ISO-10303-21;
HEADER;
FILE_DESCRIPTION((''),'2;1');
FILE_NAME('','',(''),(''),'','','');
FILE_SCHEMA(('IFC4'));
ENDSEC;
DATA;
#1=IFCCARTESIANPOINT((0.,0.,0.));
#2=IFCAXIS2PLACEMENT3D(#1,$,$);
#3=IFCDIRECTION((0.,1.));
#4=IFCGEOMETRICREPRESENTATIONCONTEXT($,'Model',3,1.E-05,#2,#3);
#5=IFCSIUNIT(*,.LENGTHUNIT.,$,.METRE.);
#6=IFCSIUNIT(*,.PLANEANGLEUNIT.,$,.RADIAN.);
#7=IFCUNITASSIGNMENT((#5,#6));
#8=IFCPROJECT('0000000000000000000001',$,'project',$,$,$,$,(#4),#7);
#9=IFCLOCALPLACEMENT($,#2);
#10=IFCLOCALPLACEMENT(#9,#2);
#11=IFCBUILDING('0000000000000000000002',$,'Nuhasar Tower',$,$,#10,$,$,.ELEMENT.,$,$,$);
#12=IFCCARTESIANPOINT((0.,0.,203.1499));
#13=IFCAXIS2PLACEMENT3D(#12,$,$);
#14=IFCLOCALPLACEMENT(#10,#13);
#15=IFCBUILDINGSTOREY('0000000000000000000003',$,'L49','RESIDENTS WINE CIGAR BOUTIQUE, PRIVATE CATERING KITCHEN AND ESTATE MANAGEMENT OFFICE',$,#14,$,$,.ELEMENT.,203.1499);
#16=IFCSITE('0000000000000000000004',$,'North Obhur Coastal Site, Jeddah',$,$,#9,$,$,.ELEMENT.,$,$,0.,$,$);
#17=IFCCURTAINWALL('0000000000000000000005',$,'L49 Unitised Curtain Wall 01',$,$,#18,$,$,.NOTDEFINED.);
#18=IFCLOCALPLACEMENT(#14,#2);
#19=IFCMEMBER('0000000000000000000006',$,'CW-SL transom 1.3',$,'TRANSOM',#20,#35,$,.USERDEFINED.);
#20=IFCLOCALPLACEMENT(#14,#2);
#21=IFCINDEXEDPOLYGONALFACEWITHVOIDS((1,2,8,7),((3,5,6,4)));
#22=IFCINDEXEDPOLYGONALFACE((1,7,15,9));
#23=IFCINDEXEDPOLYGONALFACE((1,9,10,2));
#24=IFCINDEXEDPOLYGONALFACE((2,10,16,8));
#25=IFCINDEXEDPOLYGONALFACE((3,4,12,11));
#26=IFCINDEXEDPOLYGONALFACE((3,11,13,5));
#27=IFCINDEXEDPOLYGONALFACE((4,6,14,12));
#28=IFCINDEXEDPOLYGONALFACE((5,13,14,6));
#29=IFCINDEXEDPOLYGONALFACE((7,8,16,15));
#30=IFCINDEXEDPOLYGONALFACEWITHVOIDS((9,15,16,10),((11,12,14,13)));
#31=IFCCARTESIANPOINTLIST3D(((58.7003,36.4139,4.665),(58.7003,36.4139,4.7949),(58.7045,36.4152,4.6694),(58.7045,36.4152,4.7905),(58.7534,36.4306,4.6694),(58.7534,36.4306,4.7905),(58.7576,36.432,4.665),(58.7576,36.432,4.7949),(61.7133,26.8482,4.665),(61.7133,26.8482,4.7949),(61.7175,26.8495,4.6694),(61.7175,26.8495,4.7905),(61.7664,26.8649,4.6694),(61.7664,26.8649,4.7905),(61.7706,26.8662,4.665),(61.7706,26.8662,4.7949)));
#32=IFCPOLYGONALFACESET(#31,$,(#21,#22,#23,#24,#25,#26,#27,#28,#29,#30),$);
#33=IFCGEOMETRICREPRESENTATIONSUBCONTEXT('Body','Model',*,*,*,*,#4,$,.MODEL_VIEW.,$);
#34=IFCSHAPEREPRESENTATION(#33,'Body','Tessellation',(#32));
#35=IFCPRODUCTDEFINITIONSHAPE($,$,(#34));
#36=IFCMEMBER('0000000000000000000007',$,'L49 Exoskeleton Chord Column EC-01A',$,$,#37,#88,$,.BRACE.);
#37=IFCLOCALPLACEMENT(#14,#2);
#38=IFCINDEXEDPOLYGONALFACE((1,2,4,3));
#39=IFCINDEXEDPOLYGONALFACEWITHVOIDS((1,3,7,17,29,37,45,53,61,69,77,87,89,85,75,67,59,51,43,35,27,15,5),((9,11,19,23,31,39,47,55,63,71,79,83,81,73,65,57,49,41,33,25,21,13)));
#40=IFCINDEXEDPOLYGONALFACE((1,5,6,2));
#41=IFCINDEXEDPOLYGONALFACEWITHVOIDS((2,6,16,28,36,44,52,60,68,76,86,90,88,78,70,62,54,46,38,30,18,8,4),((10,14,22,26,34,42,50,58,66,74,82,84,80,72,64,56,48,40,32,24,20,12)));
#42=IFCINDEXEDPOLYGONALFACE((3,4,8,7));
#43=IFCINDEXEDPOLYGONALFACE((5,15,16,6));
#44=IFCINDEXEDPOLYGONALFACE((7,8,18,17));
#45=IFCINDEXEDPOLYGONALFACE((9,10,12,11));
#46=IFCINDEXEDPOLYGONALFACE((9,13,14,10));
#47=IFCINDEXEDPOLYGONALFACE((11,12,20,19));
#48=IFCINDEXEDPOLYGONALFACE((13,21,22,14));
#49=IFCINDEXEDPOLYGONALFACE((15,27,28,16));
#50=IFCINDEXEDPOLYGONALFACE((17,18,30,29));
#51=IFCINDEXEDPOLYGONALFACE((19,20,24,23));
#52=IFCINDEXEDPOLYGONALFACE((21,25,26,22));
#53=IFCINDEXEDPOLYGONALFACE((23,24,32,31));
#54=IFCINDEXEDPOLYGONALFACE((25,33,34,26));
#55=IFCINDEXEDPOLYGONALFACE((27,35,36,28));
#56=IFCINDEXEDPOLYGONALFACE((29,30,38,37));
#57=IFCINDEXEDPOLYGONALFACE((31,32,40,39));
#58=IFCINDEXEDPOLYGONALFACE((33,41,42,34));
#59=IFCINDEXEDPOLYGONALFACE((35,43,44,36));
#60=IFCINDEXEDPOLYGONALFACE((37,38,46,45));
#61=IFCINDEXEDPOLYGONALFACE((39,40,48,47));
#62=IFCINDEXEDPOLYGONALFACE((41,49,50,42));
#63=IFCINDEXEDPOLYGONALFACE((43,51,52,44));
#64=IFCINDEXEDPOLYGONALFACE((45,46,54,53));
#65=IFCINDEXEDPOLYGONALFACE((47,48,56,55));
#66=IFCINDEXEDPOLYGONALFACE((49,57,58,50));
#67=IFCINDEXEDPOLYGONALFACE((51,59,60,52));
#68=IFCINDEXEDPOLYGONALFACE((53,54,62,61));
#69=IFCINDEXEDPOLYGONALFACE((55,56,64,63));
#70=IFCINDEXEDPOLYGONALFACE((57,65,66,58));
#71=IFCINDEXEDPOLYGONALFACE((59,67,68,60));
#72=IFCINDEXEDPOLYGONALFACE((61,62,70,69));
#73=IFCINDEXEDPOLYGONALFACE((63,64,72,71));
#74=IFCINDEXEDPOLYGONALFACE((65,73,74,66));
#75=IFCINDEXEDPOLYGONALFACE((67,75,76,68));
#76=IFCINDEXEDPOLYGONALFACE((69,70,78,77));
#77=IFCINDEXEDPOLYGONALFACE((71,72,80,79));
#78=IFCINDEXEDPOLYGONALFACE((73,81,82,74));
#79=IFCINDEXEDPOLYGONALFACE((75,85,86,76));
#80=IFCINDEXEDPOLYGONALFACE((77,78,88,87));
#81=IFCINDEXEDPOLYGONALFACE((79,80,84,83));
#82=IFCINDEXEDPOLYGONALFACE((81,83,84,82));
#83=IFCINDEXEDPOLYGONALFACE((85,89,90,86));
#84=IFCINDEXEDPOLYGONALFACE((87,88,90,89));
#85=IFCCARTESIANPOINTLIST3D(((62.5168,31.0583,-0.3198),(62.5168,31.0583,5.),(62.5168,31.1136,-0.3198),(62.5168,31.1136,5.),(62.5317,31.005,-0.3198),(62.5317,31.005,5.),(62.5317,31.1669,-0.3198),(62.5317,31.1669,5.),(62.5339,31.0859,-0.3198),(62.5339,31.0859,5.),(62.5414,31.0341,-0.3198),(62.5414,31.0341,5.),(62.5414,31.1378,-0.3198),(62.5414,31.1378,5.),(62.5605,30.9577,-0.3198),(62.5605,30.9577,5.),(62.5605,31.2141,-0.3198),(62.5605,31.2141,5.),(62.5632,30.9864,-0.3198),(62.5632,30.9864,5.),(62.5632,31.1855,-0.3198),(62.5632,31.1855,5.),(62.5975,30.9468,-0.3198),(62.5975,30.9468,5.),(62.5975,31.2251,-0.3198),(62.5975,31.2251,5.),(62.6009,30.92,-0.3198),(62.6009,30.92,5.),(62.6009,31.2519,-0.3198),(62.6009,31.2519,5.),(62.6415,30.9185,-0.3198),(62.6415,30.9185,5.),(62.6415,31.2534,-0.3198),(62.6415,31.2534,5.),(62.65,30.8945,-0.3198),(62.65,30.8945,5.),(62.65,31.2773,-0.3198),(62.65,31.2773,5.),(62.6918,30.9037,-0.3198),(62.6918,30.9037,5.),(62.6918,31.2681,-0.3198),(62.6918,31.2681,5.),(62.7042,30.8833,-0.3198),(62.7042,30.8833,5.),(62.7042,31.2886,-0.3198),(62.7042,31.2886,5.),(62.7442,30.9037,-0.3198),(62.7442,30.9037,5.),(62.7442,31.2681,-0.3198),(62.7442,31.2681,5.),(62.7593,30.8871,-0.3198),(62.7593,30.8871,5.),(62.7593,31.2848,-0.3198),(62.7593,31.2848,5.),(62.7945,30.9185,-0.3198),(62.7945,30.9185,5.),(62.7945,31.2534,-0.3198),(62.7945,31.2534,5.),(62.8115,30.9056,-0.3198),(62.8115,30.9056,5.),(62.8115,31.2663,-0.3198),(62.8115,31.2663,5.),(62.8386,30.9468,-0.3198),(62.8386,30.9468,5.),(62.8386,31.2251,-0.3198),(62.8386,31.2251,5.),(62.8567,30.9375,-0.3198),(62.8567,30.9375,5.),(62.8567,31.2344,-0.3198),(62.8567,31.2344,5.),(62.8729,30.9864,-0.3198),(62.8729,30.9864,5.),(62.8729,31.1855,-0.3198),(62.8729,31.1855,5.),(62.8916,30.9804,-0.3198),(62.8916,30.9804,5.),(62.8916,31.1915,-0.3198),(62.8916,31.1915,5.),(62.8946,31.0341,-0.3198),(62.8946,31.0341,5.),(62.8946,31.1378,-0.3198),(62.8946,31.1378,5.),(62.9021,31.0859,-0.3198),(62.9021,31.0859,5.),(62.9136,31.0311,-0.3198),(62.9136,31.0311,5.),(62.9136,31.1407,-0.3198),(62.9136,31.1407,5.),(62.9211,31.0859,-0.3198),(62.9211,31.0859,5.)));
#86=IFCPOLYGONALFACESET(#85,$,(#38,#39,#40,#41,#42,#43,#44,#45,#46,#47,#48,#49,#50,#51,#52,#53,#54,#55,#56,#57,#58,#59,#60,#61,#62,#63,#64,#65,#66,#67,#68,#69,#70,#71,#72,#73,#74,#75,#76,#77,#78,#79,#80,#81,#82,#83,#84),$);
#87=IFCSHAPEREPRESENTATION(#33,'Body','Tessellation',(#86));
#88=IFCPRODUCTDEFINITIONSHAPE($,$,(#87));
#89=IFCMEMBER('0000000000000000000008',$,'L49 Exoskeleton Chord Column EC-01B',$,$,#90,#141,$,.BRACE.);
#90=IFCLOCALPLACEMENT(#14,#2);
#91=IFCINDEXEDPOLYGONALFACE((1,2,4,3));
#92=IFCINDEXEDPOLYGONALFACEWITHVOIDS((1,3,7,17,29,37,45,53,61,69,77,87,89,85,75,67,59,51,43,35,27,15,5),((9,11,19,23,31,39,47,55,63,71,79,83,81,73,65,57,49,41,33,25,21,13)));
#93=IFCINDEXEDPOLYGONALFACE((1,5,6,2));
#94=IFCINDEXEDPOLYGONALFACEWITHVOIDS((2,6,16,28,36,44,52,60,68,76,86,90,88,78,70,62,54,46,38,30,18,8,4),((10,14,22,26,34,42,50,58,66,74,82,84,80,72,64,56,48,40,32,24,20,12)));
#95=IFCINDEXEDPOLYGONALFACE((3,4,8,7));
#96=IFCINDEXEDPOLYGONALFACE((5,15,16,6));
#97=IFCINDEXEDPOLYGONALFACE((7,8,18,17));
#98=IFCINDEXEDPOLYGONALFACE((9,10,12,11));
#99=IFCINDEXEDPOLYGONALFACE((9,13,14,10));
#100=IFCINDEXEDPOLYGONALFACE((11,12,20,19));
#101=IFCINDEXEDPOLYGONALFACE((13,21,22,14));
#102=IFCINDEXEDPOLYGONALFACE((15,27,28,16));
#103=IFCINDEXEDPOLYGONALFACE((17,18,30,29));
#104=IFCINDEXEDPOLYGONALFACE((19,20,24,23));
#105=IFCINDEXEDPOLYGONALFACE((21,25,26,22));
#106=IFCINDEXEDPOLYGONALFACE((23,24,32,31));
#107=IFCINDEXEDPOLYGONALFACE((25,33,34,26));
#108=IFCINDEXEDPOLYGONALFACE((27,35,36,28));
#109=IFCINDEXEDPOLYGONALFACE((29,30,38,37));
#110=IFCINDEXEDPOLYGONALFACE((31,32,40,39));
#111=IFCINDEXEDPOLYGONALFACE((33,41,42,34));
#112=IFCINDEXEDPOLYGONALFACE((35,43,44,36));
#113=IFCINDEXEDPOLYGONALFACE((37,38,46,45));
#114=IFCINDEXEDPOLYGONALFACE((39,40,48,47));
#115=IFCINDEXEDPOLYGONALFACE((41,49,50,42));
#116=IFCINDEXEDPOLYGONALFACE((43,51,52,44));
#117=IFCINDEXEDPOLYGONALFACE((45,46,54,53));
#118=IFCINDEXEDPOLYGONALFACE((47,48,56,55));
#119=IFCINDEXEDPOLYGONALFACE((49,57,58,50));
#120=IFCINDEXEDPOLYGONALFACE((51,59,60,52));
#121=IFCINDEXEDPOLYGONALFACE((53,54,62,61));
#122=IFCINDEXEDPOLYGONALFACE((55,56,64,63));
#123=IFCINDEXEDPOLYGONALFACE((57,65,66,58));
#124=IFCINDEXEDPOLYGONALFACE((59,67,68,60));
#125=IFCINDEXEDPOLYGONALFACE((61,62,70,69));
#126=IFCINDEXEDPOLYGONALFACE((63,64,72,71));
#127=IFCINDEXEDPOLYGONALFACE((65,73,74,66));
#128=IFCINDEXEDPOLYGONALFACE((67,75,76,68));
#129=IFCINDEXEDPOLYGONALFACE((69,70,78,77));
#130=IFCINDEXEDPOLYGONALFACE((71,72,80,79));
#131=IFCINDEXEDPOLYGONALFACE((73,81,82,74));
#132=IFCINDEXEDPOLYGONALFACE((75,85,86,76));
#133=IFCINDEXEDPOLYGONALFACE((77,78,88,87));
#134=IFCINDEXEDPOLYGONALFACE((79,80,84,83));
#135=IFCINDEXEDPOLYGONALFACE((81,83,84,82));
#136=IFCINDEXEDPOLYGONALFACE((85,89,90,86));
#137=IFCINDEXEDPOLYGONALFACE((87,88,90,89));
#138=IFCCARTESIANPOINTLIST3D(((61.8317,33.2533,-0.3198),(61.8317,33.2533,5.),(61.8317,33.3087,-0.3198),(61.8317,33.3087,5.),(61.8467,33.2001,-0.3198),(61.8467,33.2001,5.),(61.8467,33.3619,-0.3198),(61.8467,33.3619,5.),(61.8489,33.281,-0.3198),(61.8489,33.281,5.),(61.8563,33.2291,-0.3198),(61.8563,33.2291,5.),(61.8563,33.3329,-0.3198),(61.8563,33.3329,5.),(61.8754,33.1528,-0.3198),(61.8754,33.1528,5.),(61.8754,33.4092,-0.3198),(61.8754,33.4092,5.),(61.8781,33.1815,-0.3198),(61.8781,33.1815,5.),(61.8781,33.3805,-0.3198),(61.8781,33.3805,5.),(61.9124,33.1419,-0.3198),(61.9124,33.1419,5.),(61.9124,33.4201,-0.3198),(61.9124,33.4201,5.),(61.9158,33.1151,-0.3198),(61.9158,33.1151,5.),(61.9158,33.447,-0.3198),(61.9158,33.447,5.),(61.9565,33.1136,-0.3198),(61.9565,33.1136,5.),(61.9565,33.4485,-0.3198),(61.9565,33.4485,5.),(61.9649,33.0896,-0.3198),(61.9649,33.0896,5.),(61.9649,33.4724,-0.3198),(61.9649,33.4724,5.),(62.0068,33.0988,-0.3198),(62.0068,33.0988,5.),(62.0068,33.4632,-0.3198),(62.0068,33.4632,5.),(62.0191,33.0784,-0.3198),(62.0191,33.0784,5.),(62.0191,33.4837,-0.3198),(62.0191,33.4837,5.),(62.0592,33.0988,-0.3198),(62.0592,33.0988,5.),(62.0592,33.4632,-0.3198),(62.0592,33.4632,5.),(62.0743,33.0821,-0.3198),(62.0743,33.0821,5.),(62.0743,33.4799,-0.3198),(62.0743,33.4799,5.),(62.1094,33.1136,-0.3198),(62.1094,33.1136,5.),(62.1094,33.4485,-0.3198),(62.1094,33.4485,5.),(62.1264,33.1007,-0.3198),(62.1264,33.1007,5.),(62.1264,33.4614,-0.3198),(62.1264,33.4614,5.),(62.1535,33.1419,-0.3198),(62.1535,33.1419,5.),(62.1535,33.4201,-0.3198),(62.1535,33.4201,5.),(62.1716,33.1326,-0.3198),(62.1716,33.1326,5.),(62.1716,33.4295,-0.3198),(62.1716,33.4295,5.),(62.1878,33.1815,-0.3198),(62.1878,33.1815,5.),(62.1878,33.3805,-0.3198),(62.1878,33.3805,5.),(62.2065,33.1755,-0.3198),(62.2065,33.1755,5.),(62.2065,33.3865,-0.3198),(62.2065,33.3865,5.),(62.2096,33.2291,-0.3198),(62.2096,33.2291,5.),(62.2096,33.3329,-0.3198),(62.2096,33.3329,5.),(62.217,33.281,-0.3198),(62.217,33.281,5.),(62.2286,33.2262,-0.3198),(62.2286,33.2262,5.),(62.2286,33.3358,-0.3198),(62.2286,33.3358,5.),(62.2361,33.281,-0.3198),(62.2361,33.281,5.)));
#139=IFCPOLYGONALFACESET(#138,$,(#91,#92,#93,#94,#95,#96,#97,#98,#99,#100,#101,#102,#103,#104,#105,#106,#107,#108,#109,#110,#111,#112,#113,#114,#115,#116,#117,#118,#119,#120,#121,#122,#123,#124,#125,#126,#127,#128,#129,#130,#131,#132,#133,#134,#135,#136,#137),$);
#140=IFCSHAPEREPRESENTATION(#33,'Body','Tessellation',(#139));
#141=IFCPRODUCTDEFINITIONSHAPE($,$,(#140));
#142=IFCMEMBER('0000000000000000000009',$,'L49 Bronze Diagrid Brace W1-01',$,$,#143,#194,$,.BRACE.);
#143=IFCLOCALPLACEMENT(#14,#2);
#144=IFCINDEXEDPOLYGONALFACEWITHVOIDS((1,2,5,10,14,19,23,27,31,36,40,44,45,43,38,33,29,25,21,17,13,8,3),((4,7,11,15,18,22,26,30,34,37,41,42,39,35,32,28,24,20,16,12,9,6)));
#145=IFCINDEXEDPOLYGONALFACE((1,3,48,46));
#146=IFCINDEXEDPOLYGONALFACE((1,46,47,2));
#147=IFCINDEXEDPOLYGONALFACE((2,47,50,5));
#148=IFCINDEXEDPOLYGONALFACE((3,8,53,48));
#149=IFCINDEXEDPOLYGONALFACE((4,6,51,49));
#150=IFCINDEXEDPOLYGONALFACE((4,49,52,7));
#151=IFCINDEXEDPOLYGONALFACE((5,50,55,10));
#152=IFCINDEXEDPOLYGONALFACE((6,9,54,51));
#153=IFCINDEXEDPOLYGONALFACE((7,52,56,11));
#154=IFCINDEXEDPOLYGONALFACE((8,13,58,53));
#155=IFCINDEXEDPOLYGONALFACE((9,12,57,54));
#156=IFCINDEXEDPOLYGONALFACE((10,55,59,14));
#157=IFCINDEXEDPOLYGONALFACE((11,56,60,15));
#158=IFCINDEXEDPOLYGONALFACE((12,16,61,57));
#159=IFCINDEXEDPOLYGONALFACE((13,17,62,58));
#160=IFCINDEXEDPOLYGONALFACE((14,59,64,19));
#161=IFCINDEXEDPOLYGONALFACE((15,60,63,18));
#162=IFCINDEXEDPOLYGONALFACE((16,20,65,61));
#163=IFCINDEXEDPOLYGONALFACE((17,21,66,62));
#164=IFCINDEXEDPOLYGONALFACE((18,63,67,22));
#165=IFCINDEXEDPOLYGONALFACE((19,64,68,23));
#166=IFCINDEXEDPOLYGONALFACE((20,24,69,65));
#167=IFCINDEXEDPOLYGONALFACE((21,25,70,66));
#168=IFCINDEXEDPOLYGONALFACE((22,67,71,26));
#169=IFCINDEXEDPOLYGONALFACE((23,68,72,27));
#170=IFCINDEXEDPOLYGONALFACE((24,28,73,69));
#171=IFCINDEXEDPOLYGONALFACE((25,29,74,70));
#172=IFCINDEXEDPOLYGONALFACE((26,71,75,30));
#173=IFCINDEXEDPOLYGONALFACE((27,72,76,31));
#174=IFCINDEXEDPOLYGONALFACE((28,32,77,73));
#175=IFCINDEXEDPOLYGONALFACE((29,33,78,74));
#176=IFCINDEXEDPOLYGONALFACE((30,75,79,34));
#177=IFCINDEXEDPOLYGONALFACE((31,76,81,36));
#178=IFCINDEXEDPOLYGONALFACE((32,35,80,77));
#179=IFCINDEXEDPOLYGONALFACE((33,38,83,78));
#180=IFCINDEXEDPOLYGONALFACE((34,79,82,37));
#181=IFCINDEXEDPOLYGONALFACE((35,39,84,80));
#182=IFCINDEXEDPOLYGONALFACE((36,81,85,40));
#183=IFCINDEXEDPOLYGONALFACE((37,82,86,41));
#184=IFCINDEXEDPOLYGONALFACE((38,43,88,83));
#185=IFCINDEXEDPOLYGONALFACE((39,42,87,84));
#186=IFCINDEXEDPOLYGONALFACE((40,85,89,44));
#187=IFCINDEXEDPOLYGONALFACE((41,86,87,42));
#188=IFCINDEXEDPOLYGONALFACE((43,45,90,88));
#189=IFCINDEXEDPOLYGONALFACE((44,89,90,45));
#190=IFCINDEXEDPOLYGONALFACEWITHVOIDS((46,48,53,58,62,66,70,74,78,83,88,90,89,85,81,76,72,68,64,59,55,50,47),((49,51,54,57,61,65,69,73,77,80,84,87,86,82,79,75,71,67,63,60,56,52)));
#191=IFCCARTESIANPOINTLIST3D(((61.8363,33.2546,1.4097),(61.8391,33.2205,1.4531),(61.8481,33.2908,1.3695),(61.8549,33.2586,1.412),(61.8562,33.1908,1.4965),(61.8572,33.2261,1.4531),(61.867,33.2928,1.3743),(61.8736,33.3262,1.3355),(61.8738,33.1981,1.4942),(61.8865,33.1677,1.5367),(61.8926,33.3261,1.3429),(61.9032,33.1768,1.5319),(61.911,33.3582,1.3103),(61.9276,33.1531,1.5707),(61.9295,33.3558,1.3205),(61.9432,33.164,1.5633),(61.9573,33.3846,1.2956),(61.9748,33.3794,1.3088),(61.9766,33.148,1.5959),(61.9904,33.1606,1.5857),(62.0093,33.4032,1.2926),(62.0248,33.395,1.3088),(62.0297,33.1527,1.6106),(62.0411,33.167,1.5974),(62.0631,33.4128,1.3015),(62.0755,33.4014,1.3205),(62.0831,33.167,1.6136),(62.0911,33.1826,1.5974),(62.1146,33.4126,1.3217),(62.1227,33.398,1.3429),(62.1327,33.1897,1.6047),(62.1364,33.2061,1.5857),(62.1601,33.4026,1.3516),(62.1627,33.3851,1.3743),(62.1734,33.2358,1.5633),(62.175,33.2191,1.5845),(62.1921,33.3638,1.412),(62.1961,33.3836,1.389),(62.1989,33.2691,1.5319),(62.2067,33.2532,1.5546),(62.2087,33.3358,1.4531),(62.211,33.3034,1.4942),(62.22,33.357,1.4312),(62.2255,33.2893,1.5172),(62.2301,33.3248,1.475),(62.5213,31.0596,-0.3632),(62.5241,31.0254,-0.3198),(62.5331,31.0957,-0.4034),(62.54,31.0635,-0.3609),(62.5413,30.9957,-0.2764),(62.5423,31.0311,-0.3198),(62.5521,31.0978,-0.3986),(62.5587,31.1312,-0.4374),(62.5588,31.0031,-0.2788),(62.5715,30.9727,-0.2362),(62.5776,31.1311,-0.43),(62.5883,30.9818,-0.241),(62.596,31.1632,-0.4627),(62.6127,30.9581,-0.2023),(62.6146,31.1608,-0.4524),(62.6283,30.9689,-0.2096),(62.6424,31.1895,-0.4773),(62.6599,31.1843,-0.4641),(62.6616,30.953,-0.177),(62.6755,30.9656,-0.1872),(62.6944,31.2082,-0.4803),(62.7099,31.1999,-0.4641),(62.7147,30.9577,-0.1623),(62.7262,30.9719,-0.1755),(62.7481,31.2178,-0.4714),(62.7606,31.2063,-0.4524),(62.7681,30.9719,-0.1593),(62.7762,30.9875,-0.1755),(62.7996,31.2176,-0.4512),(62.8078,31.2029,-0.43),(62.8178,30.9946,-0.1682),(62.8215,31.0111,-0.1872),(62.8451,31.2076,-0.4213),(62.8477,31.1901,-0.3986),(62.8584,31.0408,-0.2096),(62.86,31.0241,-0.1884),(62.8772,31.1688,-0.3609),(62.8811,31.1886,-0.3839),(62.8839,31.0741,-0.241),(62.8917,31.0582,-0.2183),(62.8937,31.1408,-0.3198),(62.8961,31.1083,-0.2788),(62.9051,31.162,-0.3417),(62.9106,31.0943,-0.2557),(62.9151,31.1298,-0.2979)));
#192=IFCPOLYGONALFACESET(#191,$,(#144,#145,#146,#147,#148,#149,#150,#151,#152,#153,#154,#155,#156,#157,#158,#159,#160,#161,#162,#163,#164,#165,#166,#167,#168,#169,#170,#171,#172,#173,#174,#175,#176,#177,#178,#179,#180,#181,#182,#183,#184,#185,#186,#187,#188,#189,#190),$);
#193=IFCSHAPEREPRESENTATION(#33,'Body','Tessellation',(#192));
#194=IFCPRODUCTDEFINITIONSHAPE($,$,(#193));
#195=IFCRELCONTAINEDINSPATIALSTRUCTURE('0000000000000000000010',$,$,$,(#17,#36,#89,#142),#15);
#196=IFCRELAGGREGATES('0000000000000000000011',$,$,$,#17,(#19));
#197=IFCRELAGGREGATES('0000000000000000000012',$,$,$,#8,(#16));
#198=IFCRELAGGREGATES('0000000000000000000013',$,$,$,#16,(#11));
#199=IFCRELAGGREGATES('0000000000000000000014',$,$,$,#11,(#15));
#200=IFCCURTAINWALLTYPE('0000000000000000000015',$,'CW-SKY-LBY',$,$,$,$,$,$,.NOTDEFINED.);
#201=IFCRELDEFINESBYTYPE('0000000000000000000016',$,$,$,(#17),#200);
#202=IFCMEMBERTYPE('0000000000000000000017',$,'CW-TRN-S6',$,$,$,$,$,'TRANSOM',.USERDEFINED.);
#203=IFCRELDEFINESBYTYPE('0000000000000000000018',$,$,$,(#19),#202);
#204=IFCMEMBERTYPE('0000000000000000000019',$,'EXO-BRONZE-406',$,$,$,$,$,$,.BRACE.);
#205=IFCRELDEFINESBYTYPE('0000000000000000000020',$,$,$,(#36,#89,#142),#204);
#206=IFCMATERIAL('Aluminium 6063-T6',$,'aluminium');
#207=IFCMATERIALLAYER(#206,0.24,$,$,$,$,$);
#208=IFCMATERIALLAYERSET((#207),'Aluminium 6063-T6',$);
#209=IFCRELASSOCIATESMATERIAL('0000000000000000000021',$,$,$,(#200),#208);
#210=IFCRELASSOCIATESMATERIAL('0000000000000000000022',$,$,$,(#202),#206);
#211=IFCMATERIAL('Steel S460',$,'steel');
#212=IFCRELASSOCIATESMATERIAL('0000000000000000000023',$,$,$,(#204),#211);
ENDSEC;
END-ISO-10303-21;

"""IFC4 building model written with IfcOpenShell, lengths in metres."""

from ifc_helpers import new_model, si_unit, direction, frame, origin, origin_2d, place, context, subcontext, project, spatial, hollow_rectangle, hollow_circle, extrude, material, layer, layer_set, material_profile, profile_set, type_object, element, aggregate, save


model = new_model("IFC4")

# Units and contexts
model_context = context("Model", 3, precision=1e-05, world=origin(), true_north=direction((0.0, 1.0)))
body_context = subcontext(model_context, "Body", "Model", "MODEL_VIEW")
ifc_project = project(units=[si_unit("LENGTHUNIT", "METRE"), si_unit("PLANEANGLEUNIT", "RADIAN")], contexts=[model_context])

# Site, building, storey
site_placement = place(None, origin())
site = spatial("IfcSite", under=ifc_project, at=site_placement, Name="North Obhur Coastal Site, Jeddah", CompositionType="ELEMENT", RefElevation=0.0)
building_placement = place(site_placement, origin())
building = spatial("IfcBuilding", under=site, at=building_placement, Name="Nuhasar Tower", CompositionType="ELEMENT")
storey_placement = place(building_placement, frame((0.0, 0.0, 203.1499)))
storey = spatial("IfcBuildingStorey", under=building, at=storey_placement, Name="L49", Description="RESIDENTS WINE CIGAR BOUTIQUE, PRIVATE CATERING KITCHEN AND ESTATE MANAGEMENT OFFICE", CompositionType="ELEMENT", Elevation=203.1499)

# Shared definitions
ifc_material_1 = material(Name="Steel S460", Category="steel")

# Curtain wall
ifc_material_2 = material(Name="Aluminium 6063-T6", Category="aluminium")
ifc_layer_1 = layer(ifc_material_2, 0.24)
ifc_layer_set_1 = layer_set([ifc_layer_1], Name="Aluminium 6063-T6")
curtain_wall_type = type_object("IfcCurtainWallType", Name="CW-SKY-LBY", PredefinedType="NOTDEFINED", material=ifc_layer_set_1)
curtain_wall_1_placement = place(storey_placement, origin())
curtain_wall_1 = element("IfcCurtainWall", 1, at=curtain_wall_1_placement, inside=storey, type_object=curtain_wall_type, Name="L49 Unitised Curtain Wall 01", PredefinedType="NOTDEFINED")

# Member
ifc_material_profile_1 = material_profile(ifc_material_2, hollow_rectangle(XDim=0.0601, YDim=0.1299, WallThickness=0.0044, at=origin_2d()), Name="CWT-6")
ifc_profile_set_1 = profile_set([ifc_material_profile_1], Name="Aluminium 6063-T6")
member_type_1 = type_object("IfcMemberType", Name="CW-TRN-S6", ElementType="TRANSOM", PredefinedType="USERDEFINED", material=ifc_profile_set_1)
member_1_placement = place(storey_placement, frame((61.7419, 26.8572, 4.73), z_axis=(-0.300424, 0.953806, 0.0), x_axis=(-0.953806, -0.300424, 0.0)))
member_1 = element("IfcMember", 2, at=member_1_placement, type_object=member_type_1, Name="CW-SL transom 1.3", ObjectType="TRANSOM", PredefinedType="USERDEFINED", context=body_context, shape_type="SweptSolid", body=[
    extrude(hollow_rectangle(XDim=0.0601, YDim=0.1299, WallThickness=0.0044, at=origin_2d()), origin(), (0.0, 0.0, 1.0), 10.0291),
])

# Members
ifc_material_profile_2 = material_profile(ifc_material_1, hollow_circle(Radius=0.2031, WallThickness=0.019, at=origin_2d()), Name="HSS406.4X19.1")
ifc_profile_set_2 = profile_set([ifc_material_profile_2], Name="Steel S460")
member_type_2 = type_object("IfcMemberType", Name="EXO-BRONZE-406", PredefinedType="BRACE", material=ifc_profile_set_2)
for number, where, z_axis, x_axis, name in (
    (3, (62.718, 31.0859, -0.3198), (0.0, 0.0, 1.0), (1.0, 0.0, 0.0), "L49 Exoskeleton Chord Column EC-01A"),
    (4, (62.033, 33.281, -0.3198), (0.0, 0.0, 1.0), (1.0, 0.0, 0.0), "L49 Exoskeleton Chord Column EC-01B"),
):
    element("IfcMember", number, at=place(storey_placement, frame(where, z_axis=z_axis, x_axis=x_axis)), inside=storey, type_object=member_type_2, Name=name, PredefinedType="BRACE", context=body_context, shape_type="SweptSolid", body=[
        extrude(hollow_circle(Radius=0.2031, WallThickness=0.019, at=origin_2d()), origin(), (0.0, 0.0, 1.0), 5.3198),
    ])
member_2_placement = place(storey_placement, frame((62.718, 31.0859, -0.3198), z_axis=(-0.235933, 0.755978, 0.610601), x_axis=(-0.954591, -0.297918, 0.0)))
element("IfcMember", 5, at=member_2_placement, inside=storey, type_object=member_type_2, Name="L49 Bronze Diagrid Brace W1-01", PredefinedType="BRACE", context=body_context, shape_type="SweptSolid", body=[
    extrude(hollow_circle(Radius=0.2031, WallThickness=0.019, at=origin_2d()), origin(), (0.0, 0.0, 1.0), 2.9036),
])

aggregate(curtain_wall_1, [member_1])

save(model, "model.ifc")
